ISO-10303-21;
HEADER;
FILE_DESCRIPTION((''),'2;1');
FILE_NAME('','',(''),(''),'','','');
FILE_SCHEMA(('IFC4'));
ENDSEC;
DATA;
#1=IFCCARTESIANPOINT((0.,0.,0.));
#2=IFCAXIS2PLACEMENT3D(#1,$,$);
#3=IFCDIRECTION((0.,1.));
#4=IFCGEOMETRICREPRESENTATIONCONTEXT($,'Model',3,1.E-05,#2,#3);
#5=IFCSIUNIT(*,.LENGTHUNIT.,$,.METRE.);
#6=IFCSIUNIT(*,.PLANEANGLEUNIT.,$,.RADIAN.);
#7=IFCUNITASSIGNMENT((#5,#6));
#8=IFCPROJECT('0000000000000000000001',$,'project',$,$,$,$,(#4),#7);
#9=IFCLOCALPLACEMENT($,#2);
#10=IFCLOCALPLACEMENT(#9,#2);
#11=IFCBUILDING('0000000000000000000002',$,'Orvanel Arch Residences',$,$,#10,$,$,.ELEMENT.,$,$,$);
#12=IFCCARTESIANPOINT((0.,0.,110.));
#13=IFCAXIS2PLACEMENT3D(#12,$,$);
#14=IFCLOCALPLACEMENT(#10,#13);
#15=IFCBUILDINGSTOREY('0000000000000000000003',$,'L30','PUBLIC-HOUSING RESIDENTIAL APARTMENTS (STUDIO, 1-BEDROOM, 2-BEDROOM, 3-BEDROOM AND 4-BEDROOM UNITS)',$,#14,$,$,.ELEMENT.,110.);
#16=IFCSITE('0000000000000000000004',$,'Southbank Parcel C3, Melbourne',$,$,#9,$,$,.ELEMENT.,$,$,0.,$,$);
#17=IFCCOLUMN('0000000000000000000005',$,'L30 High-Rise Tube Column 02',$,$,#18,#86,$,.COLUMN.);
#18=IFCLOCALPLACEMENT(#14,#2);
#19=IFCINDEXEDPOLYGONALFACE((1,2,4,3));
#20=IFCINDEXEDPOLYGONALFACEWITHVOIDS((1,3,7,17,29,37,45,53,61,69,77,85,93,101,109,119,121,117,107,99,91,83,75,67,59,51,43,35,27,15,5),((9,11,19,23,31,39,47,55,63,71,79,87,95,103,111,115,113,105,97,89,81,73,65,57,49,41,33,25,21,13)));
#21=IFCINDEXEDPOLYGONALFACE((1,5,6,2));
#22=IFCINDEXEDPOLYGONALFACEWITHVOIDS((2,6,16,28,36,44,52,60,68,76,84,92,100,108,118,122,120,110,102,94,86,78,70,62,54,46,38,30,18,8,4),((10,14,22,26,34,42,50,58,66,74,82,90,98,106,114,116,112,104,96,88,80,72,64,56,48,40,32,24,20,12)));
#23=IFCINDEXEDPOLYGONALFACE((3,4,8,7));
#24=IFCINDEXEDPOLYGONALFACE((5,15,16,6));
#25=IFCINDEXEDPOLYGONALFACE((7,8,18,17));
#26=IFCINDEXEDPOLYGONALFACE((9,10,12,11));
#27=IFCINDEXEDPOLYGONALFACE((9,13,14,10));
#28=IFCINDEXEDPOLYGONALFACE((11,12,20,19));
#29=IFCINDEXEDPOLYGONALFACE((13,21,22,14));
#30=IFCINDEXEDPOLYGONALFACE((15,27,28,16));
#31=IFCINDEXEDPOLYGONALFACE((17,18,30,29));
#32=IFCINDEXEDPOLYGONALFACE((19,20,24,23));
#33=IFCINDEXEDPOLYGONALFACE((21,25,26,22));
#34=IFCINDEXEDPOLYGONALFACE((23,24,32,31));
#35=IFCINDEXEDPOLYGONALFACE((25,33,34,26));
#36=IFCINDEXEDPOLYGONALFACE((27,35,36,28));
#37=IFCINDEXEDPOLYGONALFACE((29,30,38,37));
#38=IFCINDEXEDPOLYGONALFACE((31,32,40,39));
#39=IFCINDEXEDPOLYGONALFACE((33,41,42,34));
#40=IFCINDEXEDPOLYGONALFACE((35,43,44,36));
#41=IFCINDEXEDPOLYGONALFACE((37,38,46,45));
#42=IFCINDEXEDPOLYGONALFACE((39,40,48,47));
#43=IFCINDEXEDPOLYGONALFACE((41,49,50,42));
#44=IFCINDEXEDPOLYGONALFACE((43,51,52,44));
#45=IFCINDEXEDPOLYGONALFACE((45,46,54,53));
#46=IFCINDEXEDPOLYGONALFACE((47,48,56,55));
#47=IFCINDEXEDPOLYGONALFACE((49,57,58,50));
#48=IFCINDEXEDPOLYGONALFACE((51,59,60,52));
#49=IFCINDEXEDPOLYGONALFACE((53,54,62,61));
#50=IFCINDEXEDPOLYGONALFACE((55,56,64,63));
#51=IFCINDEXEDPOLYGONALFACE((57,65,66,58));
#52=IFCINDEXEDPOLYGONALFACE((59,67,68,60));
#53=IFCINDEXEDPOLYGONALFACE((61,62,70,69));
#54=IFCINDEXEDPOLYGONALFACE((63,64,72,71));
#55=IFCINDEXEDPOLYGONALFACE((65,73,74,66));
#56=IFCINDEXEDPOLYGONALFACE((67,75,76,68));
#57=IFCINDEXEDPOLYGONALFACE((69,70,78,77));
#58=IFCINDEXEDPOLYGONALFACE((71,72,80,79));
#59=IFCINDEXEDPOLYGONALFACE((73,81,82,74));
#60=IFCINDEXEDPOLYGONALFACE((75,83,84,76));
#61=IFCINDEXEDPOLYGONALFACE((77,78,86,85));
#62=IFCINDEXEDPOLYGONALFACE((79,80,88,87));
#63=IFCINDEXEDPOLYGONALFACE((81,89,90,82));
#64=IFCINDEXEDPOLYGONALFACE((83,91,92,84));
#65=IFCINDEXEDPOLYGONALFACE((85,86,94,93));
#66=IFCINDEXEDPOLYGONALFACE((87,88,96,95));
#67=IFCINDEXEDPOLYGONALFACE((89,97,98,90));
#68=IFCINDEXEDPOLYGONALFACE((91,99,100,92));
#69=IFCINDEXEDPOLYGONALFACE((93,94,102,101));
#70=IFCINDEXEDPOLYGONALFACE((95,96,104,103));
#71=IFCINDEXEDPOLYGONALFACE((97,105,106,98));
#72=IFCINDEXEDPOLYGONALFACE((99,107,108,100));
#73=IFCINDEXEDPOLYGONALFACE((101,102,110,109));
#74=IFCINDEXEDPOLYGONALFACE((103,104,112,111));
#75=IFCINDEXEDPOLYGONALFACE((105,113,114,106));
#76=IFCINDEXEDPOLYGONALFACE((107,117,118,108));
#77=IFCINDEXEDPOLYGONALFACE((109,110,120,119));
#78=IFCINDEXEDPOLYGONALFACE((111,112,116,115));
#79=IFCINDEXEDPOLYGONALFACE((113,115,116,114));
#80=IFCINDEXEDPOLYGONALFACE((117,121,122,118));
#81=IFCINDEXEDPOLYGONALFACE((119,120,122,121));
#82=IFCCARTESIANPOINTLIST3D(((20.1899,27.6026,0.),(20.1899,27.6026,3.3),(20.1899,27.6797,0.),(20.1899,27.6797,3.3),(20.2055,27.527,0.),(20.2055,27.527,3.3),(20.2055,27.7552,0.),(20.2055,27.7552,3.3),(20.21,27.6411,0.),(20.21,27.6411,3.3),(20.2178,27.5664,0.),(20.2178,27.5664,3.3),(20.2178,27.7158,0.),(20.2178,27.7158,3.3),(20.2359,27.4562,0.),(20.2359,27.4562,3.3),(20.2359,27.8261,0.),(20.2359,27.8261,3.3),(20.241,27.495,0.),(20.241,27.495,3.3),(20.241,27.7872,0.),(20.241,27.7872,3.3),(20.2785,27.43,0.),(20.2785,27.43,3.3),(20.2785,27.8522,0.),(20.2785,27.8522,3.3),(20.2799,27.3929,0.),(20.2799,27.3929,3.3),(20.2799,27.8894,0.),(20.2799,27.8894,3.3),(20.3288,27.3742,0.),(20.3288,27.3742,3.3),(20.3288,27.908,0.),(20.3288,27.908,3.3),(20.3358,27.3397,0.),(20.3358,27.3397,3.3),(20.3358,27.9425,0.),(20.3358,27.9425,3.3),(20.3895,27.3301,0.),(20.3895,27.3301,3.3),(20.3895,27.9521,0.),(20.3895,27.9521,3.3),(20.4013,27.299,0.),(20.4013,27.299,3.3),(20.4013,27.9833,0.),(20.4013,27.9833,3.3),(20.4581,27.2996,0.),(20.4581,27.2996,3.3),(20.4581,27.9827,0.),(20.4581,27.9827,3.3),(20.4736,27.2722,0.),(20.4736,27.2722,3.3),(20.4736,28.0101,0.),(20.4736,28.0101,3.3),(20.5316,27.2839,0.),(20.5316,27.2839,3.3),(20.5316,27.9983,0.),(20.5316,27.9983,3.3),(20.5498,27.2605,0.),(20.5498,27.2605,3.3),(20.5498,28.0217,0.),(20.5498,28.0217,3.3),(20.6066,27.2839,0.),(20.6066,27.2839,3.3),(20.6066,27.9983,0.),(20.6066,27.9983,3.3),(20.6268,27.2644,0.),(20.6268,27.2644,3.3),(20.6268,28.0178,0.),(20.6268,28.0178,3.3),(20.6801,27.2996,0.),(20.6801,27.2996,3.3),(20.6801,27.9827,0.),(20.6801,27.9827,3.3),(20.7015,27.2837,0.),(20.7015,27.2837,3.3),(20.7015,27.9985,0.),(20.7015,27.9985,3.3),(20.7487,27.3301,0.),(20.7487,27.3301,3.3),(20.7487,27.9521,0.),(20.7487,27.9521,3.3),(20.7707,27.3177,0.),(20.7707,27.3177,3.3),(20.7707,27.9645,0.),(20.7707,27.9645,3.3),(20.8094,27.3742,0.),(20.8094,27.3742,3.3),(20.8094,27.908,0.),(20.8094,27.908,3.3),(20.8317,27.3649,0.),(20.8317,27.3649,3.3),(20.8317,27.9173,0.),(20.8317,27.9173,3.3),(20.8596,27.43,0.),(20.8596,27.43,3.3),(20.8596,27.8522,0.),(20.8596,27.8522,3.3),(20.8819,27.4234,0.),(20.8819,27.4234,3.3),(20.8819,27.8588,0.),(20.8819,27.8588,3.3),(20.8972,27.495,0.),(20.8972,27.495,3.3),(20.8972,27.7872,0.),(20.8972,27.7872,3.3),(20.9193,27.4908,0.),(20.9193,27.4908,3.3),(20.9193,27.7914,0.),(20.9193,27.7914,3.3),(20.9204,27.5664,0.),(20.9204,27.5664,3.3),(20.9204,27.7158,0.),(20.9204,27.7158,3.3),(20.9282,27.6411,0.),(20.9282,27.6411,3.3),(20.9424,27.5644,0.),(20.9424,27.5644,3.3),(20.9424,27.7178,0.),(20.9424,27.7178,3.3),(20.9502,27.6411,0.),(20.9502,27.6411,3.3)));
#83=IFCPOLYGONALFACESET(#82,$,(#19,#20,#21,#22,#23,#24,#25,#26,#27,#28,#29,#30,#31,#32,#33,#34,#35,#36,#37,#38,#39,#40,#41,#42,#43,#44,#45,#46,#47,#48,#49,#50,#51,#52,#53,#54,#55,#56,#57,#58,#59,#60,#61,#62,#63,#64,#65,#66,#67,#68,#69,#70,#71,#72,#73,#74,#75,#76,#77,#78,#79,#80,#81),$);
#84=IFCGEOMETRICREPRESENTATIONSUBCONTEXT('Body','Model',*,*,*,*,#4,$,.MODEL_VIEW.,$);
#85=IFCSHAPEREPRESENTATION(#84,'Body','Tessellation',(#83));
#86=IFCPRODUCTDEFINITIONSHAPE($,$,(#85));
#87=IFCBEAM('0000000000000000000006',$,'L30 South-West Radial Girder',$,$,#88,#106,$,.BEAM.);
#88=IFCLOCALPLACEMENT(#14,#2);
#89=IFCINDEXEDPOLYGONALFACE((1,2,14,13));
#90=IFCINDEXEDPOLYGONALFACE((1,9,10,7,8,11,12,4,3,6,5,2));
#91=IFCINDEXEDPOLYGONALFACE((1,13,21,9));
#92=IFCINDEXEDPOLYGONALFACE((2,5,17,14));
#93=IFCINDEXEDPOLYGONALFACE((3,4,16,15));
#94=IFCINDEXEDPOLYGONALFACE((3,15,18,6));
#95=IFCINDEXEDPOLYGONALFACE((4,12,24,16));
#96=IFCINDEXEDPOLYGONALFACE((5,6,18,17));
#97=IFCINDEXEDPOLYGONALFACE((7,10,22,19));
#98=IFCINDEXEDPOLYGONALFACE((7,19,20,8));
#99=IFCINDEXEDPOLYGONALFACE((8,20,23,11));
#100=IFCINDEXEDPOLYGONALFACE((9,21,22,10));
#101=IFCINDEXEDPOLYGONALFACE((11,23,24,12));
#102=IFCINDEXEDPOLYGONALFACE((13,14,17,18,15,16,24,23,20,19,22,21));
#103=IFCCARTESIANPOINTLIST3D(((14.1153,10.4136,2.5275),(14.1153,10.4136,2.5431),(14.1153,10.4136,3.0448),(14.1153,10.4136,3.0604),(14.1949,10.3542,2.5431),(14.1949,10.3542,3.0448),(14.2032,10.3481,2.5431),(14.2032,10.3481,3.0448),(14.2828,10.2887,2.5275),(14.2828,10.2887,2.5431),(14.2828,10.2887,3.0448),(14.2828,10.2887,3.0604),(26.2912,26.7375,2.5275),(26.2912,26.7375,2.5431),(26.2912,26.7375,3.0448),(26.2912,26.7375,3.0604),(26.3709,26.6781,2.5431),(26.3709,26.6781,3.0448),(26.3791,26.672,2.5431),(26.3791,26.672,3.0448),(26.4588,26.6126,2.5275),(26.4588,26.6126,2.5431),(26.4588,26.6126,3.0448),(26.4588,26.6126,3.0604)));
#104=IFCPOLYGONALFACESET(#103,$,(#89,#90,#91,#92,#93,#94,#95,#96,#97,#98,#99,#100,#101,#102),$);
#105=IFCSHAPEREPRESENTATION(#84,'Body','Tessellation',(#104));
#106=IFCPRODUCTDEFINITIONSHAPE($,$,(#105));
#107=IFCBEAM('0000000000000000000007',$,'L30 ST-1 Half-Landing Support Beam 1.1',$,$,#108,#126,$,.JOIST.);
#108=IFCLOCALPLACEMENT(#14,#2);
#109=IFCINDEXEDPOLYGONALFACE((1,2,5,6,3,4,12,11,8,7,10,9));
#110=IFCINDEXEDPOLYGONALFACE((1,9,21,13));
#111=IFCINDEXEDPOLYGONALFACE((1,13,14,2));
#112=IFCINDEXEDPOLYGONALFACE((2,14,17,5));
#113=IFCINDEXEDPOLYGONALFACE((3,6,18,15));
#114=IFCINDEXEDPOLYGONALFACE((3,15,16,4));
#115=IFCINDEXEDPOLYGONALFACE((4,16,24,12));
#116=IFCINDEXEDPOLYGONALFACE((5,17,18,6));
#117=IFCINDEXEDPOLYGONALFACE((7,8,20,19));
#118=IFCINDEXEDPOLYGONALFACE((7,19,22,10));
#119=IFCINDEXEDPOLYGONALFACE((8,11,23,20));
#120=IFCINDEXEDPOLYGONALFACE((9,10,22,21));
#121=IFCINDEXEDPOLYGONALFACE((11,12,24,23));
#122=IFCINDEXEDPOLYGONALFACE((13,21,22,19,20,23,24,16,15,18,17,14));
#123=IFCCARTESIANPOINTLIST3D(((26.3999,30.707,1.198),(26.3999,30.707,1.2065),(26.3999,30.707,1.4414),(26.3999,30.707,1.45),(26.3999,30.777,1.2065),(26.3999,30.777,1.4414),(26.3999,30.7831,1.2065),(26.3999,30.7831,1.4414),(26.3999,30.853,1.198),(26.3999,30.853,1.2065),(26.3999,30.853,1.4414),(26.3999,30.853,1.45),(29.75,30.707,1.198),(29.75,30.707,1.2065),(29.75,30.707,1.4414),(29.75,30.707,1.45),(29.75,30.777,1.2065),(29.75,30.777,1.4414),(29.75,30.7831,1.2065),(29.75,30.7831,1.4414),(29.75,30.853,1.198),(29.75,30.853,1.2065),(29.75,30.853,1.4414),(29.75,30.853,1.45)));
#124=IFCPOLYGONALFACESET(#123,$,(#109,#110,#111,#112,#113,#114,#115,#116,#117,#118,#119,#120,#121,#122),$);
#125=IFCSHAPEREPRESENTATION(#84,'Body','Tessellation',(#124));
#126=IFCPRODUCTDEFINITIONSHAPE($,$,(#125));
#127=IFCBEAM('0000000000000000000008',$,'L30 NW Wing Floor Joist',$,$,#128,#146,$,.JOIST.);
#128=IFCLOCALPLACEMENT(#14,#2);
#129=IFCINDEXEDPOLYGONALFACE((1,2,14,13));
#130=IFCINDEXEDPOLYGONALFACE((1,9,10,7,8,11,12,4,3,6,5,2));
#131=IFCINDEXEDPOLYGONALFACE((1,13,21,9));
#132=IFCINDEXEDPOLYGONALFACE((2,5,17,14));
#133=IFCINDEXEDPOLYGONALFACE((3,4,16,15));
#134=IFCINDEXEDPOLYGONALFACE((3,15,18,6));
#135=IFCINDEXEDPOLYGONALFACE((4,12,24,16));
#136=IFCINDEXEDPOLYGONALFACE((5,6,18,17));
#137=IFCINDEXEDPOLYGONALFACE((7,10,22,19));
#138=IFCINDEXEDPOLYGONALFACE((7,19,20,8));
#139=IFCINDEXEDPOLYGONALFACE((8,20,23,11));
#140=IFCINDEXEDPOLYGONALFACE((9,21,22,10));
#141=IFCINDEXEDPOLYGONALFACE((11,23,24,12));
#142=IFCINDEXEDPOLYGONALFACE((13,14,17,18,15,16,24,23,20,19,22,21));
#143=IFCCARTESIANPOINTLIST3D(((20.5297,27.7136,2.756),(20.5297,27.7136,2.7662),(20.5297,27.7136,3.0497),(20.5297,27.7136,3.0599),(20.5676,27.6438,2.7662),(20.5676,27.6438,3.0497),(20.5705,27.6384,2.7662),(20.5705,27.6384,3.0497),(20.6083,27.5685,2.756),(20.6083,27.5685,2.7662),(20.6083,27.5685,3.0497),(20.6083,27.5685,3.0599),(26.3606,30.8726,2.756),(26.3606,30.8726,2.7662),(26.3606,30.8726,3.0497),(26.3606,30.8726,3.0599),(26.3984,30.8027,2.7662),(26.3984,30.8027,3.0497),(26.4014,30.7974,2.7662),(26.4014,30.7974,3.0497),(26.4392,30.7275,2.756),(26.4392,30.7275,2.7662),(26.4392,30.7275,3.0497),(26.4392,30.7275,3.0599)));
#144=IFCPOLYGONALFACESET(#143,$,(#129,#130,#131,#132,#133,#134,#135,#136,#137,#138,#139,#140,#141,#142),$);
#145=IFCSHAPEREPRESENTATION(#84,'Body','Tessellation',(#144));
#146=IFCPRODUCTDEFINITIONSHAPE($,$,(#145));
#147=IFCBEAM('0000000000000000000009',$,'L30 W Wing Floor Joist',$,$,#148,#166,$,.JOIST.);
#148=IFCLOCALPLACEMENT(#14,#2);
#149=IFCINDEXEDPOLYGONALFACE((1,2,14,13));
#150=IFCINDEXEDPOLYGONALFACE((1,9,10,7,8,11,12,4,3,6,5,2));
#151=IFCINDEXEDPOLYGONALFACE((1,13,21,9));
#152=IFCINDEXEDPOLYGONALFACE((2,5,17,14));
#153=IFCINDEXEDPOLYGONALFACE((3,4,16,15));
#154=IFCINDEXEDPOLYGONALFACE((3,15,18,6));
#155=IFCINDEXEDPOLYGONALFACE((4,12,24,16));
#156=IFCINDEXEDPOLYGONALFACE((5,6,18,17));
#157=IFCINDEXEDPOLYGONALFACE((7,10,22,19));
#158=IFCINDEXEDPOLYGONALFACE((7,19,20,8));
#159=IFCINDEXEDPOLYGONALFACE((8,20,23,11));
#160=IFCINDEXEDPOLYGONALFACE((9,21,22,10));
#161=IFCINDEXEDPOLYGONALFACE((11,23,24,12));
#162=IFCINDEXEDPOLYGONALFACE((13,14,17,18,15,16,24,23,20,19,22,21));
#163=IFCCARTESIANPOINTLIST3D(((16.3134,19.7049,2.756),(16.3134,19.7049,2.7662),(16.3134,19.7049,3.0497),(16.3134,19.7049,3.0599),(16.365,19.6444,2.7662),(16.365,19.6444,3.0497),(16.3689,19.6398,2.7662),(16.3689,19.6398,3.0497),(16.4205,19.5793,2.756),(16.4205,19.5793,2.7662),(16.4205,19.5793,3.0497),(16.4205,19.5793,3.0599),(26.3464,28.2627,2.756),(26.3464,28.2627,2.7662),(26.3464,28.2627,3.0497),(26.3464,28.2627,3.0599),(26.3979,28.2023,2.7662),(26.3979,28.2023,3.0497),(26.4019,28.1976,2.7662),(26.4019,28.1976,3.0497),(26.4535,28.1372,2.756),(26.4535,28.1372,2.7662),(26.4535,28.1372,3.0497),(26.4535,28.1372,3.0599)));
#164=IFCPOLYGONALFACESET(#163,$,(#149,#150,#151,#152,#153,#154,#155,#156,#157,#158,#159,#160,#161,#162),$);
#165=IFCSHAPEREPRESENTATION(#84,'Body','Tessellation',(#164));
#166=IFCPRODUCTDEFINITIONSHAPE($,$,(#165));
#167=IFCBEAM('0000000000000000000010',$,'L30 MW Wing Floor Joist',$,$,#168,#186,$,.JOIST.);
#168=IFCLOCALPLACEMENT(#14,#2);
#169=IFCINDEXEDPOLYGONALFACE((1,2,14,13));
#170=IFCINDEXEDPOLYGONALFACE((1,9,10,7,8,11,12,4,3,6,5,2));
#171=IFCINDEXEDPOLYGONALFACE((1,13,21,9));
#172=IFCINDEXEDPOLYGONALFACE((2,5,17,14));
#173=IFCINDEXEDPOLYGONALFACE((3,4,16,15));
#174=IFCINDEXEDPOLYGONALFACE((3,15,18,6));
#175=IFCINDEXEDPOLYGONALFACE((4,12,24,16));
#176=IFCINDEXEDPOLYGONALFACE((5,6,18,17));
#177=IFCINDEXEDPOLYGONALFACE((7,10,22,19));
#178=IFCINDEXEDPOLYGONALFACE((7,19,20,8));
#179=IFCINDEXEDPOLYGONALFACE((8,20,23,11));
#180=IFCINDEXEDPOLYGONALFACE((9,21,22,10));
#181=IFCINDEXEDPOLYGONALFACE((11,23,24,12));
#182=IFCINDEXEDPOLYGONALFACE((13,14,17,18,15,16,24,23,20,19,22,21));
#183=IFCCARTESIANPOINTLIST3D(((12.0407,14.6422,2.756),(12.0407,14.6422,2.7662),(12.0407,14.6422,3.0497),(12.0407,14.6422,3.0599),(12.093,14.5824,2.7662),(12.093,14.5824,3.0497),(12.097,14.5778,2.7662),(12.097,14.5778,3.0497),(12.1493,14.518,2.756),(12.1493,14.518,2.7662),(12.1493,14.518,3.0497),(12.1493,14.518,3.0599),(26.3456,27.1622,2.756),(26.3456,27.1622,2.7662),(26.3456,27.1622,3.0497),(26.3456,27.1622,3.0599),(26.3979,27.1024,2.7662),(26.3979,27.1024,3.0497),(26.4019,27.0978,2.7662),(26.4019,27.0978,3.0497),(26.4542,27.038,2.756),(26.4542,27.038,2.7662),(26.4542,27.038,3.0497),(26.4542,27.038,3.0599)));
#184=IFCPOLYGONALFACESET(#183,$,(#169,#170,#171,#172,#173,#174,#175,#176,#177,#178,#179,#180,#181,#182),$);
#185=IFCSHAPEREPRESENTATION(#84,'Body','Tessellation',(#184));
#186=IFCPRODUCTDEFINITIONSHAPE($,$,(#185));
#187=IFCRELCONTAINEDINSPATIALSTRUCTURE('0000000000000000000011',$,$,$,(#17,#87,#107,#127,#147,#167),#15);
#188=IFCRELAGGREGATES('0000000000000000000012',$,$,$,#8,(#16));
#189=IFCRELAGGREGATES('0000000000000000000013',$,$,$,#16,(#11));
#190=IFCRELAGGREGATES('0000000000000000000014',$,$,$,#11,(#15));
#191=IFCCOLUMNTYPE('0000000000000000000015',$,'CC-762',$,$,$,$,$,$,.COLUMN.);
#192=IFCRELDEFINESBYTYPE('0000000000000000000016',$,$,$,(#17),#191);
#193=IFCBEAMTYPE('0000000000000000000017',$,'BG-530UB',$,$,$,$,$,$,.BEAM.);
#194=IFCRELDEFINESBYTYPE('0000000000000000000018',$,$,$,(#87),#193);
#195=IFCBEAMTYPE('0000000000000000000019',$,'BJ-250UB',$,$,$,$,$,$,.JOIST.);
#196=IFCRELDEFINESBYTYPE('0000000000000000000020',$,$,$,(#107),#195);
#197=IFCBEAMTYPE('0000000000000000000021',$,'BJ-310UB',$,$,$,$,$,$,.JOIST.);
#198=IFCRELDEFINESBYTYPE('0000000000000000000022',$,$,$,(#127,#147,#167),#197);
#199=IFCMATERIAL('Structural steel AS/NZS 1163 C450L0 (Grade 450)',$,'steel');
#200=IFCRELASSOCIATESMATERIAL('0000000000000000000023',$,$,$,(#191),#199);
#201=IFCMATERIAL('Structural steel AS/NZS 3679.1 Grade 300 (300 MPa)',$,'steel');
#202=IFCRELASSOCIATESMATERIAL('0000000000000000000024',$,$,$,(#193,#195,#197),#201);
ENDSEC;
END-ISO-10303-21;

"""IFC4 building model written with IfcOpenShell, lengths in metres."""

from ifc_helpers import new_model, si_unit, direction, frame, origin, origin_2d, place, context, subcontext, project, spatial, hollow_circle, i_section, extrude, material, material_profile, profile_set, type_object, element, save


model = new_model("IFC4")

# Units and contexts
model_context = context("Model", 3, precision=1e-05, world=origin(), true_north=direction((0.0, 1.0)))
body_context = subcontext(model_context, "Body", "Model", "MODEL_VIEW")
ifc_project = project(units=[si_unit("LENGTHUNIT", "METRE"), si_unit("PLANEANGLEUNIT", "RADIAN")], contexts=[model_context])

# Site, building, storey
site_placement = place(None, origin())
site = spatial("IfcSite", under=ifc_project, at=site_placement, Name="Southbank Parcel C3, Melbourne", CompositionType="ELEMENT", RefElevation=0.0)
building_placement = place(site_placement, origin())
building = spatial("IfcBuilding", under=site, at=building_placement, Name="Orvanel Arch Residences", CompositionType="ELEMENT")
storey_placement = place(building_placement, frame((0.0, 0.0, 110.0)))
storey = spatial("IfcBuildingStorey", under=building, at=storey_placement, Name="L30", Description="PUBLIC-HOUSING RESIDENTIAL APARTMENTS (STUDIO, 1-BEDROOM, 2-BEDROOM, 3-BEDROOM AND 4-BEDROOM UNITS)", CompositionType="ELEMENT", Elevation=110.0)

# Column
ifc_material_1 = material(Name="Structural steel AS/NZS 1163 C450L0 (Grade 450)", Category="steel")
ifc_material_profile_1 = material_profile(ifc_material_1, hollow_circle(Radius=0.3811, WallThickness=0.022, at=origin_2d()), Name="CHS762x22")
ifc_profile_set_1 = profile_set([ifc_material_profile_1], Name="Structural steel AS/NZS 1163 C450L0 (Grade 450)")
column_type = type_object("IfcColumnType", Name="CC-762", PredefinedType="COLUMN", material=ifc_profile_set_1)
column_placement = place(storey_placement, frame((20.5691, 27.6411, 0.0), z_axis=(0.0, 0.0, 1.0), x_axis=(1.0, 0.0, 0.0)))
element("IfcColumn", 1, at=column_placement, inside=storey, type_object=column_type, Name="L30 High-Rise Tube Column 02", PredefinedType="COLUMN", context=body_context, shape_type="SweptSolid", body=[
    extrude(hollow_circle(Radius=0.3811, WallThickness=0.022, at=origin_2d()), origin(), (0.0, 0.0, 1.0), 3.3),
])

# Beams
ifc_material_2 = material(Name="Structural steel AS/NZS 3679.1 Grade 300 (300 MPa)", Category="steel")
ifc_material_profile_2 = material_profile(ifc_material_2, i_section(OverallWidth=0.209, OverallDepth=0.533, WebThickness=0.0103, FlangeThickness=0.0156, at=origin_2d()), Name="530UB92.4")
ifc_profile_set_2 = profile_set([ifc_material_profile_2], Name="Structural steel AS/NZS 3679.1 Grade 300 (300 MPa)")
beam_type_1 = type_object("IfcBeamType", Name="BG-530UB", PredefinedType="BEAM", material=ifc_profile_set_2)
beam_1_placement = place(storey_placement, frame((26.375, 26.675, 2.7939), z_axis=(-0.597894, -0.801575, 0.0), x_axis=(0.801575, -0.597894, 0.0)))
element("IfcBeam", 2, at=beam_1_placement, inside=storey, type_object=beam_type_1, Name="L30 South-West Radial Girder", PredefinedType="BEAM", context=body_context, shape_type="SweptSolid", body=[
    extrude(i_section(OverallWidth=0.209, OverallDepth=0.533, WebThickness=0.0103, FlangeThickness=0.0156, at=origin_2d()), origin(), (0.0, 0.0, 1.0), 20.3647),
])
ifc_material_profile_3 = material_profile(ifc_material_2, i_section(OverallWidth=0.146, OverallDepth=0.252, WebThickness=0.0061, FlangeThickness=0.0085, at=origin_2d()), Name="250UB31.4")
ifc_profile_set_3 = profile_set([ifc_material_profile_3], Name="Structural steel AS/NZS 3679.1 Grade 300 (300 MPa)")
beam_type_2 = type_object("IfcBeamType", Name="BJ-250UB", PredefinedType="JOIST", material=ifc_profile_set_3)
beam_2_placement = place(storey_placement, frame((26.3999, 30.78, 1.324), z_axis=(1.0, 0.0, 0.0), x_axis=(0.0, 1.0, 0.0)))
element("IfcBeam", 3, at=beam_2_placement, inside=storey, type_object=beam_type_2, Name="L30 ST-1 Half-Landing Support Beam 1.1", PredefinedType="JOIST", context=body_context, shape_type="SweptSolid", body=[
    extrude(i_section(OverallWidth=0.146, OverallDepth=0.252, WebThickness=0.0061, FlangeThickness=0.0085, at=origin_2d()), origin(), (0.0, 0.0, 1.0), 3.3501),
])
ifc_material_profile_4 = material_profile(ifc_material_2, i_section(OverallWidth=0.165, OverallDepth=0.304, WebThickness=0.0061, FlangeThickness=0.0103, at=origin_2d()), Name="310UB40.4")
ifc_profile_set_4 = profile_set([ifc_material_profile_4], Name="Structural steel AS/NZS 3679.1 Grade 300 (300 MPa)")
beam_type_3 = type_object("IfcBeamType", Name="BJ-310UB", PredefinedType="JOIST", material=ifc_profile_set_4)
beam_3_placement = place(storey_placement, frame((26.3999, 30.8, 2.908), z_axis=(-0.879255, -0.476351, 0.0), x_axis=(0.476351, -0.879255, 0.0)))
element("IfcBeam", 4, at=beam_3_placement, inside=storey, type_object=beam_type_3, Name="L30 NW Wing Floor Joist", PredefinedType="JOIST", context=body_context, shape_type="SweptSolid", body=[
    extrude(i_section(OverallWidth=0.165, OverallDepth=0.304, WebThickness=0.0061, FlangeThickness=0.0103, at=origin_2d()), origin(), (0.0, 0.0, 1.0), 6.6316),
])
beam_4_placement = place(storey_placement, frame((26.3999, 28.2, 2.908), z_axis=(-0.760821, -0.648961, 0.0), x_axis=(0.648961, -0.760821, 0.0)))
element("IfcBeam", 5, at=beam_4_placement, inside=storey, type_object=beam_type_3, Name="L30 W Wing Floor Joist", PredefinedType="JOIST", context=body_context, shape_type="SweptSolid", body=[
    extrude(i_section(OverallWidth=0.165, OverallDepth=0.304, WebThickness=0.0061, FlangeThickness=0.0103, at=origin_2d()), origin(), (0.0, 0.0, 1.0), 13.187),
])
beam_5_placement = place(storey_placement, frame((26.3999, 27.1001, 2.908), z_axis=(-0.752493, -0.6586, 0.0), x_axis=(0.6586, -0.752493, 0.0)))
element("IfcBeam", 6, at=beam_5_placement, inside=storey, type_object=beam_type_3, Name="L30 MW Wing Floor Joist", PredefinedType="JOIST", context=body_context, shape_type="SweptSolid", body=[
    extrude(i_section(OverallWidth=0.165, OverallDepth=0.304, WebThickness=0.0061, FlangeThickness=0.0103, at=origin_2d()), origin(), (0.0, 0.0, 1.0), 19.01),
])

save(model, "model.ifc")
